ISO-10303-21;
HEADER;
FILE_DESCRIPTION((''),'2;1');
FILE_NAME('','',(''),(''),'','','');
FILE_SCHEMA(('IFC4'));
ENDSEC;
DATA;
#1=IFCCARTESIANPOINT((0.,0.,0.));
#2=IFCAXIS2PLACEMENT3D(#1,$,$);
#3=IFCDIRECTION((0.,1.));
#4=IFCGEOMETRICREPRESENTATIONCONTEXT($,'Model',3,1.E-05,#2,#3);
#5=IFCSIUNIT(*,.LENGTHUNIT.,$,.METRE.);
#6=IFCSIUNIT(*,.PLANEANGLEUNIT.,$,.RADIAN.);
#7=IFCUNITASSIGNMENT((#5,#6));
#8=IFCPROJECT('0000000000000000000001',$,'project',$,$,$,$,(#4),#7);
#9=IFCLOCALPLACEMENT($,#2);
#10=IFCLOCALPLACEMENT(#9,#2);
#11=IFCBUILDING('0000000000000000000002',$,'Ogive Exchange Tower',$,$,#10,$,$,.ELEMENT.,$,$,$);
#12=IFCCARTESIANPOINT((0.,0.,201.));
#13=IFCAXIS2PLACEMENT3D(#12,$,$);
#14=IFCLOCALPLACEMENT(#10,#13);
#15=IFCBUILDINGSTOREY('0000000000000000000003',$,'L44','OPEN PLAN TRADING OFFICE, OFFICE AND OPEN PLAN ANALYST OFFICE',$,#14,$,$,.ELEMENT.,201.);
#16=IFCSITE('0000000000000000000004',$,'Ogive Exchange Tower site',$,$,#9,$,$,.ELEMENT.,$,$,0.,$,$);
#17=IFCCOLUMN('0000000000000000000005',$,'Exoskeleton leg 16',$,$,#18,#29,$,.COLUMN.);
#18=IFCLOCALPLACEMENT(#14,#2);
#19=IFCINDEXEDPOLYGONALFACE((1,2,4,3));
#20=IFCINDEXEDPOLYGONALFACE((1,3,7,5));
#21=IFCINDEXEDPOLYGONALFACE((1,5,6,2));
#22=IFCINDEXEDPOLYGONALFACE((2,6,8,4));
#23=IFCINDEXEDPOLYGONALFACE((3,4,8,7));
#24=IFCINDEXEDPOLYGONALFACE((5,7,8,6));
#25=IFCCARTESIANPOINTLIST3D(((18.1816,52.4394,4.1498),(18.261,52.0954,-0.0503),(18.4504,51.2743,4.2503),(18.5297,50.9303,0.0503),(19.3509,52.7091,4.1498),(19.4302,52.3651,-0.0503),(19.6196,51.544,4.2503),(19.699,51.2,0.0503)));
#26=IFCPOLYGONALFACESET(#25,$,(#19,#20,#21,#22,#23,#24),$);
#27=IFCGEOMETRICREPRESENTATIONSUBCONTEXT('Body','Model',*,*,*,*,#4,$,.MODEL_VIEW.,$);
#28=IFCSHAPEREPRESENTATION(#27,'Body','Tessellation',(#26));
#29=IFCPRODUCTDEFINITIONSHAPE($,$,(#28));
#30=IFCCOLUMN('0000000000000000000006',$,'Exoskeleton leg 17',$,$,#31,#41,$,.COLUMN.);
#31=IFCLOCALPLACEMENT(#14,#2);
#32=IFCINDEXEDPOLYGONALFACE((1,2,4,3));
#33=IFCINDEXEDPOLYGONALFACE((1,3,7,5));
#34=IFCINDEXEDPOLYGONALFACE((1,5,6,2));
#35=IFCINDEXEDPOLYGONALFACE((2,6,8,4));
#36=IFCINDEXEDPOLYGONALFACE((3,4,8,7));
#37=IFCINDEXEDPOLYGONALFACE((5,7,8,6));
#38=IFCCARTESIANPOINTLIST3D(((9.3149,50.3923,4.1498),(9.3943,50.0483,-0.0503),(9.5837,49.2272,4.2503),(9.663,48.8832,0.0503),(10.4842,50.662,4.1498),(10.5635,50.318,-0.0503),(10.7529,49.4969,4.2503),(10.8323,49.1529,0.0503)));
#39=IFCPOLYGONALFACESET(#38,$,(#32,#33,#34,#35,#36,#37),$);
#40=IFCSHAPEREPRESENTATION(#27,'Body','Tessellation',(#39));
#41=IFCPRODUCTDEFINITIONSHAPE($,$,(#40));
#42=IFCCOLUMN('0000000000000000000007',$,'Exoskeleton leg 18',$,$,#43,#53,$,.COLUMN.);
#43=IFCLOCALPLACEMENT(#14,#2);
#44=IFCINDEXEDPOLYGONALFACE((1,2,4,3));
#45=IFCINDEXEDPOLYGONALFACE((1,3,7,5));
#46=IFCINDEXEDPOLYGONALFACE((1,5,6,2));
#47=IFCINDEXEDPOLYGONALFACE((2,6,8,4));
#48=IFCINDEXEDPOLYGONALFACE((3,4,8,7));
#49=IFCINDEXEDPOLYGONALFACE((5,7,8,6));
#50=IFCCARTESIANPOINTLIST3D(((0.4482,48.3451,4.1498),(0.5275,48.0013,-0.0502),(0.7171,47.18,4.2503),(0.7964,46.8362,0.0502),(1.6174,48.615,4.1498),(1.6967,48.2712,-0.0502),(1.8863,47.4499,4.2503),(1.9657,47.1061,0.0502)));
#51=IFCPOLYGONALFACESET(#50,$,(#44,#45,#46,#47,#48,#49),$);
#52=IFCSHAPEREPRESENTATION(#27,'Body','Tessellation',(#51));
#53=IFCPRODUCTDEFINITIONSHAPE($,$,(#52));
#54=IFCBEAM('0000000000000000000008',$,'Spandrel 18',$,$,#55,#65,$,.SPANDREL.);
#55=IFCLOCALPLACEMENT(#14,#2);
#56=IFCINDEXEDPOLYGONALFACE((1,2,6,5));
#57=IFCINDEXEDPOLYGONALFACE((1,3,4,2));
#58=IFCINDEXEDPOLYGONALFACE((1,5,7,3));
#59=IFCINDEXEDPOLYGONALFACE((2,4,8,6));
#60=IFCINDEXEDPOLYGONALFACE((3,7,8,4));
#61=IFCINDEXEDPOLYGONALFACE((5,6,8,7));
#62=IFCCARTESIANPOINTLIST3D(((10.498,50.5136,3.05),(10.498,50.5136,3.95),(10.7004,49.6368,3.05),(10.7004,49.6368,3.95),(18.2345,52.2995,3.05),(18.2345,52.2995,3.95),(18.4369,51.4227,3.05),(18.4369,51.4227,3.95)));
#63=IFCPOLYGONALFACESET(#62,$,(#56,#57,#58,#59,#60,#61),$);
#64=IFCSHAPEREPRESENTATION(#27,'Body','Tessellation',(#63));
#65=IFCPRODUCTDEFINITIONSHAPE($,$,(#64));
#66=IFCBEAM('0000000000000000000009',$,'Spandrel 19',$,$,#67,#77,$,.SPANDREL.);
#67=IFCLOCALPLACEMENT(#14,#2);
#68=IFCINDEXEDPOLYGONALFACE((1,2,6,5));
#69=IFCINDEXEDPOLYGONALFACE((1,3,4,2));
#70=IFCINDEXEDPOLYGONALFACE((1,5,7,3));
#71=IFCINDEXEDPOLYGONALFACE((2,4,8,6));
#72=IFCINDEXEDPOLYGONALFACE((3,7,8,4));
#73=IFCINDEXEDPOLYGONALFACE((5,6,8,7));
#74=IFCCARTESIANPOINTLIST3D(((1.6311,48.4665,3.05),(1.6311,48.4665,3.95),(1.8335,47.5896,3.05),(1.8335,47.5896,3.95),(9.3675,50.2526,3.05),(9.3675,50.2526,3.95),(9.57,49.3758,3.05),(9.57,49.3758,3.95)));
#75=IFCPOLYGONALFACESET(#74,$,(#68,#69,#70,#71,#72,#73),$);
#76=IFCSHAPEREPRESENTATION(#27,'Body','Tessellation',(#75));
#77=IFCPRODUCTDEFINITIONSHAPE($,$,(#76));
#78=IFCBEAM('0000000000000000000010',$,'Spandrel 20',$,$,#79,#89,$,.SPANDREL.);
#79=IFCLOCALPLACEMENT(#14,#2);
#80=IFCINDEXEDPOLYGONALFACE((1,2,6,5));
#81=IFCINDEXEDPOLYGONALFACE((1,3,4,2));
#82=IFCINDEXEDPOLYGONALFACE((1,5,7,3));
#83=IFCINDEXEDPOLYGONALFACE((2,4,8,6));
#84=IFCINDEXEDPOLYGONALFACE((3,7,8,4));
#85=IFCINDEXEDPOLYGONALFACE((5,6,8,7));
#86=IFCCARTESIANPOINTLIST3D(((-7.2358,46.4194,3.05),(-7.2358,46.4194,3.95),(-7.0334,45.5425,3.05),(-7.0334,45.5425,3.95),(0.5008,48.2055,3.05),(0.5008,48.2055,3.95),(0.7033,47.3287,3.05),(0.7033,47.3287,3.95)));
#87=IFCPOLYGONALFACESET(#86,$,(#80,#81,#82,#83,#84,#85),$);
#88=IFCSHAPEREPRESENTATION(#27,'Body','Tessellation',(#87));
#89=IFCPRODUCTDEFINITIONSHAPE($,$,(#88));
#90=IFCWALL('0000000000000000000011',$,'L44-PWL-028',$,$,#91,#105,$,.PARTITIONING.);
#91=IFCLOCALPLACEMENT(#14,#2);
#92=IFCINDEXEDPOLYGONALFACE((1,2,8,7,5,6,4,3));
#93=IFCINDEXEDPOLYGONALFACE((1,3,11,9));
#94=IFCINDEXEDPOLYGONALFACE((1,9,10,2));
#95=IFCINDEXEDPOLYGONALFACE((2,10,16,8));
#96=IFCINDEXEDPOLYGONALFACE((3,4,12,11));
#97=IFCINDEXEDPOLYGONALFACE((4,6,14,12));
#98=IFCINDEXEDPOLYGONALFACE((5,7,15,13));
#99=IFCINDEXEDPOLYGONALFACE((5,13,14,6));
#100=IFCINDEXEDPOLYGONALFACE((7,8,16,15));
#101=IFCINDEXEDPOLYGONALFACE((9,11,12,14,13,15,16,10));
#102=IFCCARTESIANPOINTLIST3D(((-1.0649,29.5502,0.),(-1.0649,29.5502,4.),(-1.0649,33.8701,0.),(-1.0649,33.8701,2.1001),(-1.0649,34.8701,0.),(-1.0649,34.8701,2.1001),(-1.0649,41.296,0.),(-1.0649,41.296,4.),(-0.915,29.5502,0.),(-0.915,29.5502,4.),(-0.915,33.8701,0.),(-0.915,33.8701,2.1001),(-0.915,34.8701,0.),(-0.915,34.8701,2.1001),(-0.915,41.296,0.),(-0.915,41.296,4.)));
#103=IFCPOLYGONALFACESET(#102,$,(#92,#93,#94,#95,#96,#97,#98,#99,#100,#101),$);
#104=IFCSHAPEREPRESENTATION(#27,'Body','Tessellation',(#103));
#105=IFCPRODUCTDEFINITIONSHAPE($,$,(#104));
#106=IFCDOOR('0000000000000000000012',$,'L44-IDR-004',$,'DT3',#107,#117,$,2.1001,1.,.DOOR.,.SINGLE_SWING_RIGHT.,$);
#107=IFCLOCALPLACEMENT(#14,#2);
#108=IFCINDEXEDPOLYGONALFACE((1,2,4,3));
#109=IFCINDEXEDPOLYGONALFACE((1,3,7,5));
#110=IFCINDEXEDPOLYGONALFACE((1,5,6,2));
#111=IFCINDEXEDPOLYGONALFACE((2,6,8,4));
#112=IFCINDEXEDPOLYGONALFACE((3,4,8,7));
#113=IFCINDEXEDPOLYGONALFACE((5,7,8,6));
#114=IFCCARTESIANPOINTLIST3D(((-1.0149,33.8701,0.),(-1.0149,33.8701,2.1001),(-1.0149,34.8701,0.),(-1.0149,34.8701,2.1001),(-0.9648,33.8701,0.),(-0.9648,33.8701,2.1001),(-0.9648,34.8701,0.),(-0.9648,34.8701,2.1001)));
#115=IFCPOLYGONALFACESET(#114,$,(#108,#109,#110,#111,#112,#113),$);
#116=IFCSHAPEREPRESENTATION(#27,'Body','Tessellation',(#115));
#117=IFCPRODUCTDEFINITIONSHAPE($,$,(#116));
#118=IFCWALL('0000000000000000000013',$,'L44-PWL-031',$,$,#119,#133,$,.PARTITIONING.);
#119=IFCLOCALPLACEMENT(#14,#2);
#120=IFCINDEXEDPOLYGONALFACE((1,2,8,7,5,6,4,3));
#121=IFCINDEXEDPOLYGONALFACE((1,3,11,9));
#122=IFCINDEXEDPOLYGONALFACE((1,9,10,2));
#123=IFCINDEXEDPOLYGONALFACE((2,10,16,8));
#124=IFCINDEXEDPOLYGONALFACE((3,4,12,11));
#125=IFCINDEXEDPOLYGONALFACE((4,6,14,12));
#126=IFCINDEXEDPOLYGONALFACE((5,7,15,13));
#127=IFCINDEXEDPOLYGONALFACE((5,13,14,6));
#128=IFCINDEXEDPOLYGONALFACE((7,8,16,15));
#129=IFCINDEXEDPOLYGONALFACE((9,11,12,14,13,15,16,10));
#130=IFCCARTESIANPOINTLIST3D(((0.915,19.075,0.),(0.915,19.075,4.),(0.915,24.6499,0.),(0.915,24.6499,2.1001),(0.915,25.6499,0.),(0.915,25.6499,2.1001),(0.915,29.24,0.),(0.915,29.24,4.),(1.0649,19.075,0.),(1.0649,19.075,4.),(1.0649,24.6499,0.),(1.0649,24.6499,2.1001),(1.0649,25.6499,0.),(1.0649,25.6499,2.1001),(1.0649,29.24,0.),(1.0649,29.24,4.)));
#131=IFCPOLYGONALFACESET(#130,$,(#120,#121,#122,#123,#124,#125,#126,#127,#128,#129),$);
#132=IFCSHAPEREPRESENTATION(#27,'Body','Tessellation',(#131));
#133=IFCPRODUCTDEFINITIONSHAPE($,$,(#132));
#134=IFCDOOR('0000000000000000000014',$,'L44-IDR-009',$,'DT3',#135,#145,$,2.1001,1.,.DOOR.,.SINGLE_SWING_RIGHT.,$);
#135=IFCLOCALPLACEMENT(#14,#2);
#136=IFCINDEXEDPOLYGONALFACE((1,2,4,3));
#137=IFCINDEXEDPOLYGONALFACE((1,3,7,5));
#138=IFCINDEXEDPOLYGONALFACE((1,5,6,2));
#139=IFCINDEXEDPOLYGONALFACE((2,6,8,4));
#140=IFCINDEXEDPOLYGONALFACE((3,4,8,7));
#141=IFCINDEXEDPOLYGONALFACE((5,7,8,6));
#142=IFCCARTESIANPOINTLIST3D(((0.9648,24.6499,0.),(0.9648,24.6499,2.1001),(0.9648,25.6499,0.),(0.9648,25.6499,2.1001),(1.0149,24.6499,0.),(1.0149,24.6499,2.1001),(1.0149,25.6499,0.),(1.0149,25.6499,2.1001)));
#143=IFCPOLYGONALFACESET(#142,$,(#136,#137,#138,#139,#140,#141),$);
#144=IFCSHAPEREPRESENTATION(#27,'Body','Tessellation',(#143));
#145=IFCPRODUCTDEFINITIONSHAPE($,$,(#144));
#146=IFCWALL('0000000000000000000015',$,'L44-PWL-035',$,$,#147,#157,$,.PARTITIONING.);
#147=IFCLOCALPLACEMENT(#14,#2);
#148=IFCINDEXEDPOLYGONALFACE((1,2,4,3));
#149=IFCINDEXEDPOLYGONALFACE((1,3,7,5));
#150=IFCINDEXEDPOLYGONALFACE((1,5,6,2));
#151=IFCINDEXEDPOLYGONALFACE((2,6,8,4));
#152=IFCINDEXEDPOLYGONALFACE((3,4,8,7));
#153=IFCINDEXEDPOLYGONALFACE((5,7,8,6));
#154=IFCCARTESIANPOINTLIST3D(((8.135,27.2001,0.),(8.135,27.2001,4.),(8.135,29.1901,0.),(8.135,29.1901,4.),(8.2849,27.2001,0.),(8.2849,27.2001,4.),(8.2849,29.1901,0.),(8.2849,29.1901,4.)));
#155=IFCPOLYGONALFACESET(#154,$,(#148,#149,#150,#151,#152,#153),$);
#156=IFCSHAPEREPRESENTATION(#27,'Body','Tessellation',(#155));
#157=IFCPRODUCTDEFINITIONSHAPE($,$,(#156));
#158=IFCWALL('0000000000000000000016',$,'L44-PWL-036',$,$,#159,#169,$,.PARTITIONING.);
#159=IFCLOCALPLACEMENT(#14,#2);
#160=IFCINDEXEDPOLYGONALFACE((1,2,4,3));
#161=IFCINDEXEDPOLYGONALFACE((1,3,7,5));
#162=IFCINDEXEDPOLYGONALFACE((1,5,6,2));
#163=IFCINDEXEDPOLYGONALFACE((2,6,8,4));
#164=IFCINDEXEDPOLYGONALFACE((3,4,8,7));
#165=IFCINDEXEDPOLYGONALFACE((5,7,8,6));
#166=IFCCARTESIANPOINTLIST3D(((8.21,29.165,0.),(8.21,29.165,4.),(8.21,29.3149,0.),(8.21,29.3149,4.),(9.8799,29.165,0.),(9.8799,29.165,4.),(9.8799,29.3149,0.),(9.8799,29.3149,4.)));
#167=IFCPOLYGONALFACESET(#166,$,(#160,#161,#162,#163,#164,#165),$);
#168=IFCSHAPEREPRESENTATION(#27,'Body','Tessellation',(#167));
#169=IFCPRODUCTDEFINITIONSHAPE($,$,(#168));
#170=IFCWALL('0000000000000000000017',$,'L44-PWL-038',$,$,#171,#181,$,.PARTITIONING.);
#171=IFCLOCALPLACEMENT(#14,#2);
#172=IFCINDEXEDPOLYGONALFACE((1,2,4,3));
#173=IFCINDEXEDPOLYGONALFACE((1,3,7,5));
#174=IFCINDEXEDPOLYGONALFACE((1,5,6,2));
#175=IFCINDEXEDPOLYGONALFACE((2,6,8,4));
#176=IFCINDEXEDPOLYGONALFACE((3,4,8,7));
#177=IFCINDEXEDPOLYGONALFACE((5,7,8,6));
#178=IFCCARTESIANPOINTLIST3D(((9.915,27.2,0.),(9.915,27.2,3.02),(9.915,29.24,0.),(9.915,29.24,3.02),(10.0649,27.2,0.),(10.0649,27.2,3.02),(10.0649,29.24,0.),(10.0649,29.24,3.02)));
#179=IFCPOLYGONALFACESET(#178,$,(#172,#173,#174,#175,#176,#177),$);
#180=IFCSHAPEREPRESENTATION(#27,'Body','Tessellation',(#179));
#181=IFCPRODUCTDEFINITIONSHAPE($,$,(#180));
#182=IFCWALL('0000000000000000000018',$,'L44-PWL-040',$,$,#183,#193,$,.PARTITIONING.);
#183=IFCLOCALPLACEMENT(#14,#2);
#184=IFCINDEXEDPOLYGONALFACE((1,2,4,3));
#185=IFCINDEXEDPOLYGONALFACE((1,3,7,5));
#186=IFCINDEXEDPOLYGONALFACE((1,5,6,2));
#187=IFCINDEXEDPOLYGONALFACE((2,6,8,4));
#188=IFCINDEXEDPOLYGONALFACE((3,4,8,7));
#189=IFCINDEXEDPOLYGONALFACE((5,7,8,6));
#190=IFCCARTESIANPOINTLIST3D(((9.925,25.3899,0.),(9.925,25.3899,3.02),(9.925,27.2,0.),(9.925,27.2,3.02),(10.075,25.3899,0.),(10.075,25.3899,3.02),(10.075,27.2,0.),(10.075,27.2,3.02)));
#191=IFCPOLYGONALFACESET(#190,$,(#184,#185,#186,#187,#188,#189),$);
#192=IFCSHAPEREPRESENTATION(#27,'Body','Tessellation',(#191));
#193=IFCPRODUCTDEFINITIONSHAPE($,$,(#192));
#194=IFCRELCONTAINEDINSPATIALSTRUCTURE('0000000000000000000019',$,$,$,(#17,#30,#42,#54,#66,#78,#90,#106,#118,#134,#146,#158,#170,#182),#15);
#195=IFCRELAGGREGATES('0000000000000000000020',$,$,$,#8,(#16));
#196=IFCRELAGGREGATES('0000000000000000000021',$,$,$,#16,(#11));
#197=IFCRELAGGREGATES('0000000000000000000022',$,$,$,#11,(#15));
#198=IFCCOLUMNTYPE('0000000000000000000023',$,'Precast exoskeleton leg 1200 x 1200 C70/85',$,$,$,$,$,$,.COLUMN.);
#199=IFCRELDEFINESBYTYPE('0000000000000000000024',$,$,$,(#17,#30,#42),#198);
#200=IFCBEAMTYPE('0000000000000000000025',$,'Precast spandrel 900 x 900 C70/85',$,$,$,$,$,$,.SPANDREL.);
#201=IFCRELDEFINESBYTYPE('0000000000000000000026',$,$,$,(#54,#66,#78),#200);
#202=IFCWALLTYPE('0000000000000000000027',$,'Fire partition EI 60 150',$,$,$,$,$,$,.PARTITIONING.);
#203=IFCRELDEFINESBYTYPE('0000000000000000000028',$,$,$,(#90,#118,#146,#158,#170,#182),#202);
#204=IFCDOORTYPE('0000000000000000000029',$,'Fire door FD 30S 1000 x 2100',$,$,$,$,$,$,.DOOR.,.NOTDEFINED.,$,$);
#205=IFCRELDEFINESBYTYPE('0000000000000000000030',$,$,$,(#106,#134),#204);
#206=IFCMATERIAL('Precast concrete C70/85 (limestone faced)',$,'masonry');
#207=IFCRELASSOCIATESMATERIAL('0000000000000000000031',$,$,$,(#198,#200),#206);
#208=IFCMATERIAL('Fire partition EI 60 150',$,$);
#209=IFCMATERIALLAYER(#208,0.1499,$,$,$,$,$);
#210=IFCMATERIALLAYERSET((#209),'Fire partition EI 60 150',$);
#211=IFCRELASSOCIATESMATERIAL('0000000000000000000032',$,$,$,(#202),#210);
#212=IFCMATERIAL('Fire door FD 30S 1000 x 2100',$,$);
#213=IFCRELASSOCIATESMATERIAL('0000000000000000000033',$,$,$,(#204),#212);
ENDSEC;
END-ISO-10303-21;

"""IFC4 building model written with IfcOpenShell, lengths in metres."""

from ifc_helpers import new_model, si_unit, direction, frame, frame_2d, origin, origin_2d, place, context, subcontext, project, spatial, rectangle, extrude, material, layer, layer_set, material_profile, profile_set, type_object, element, fill, save


model = new_model("IFC4")

# Units and contexts
model_context = context("Model", 3, precision=1e-05, world=origin(), true_north=direction((0.0, 1.0)))
body_context = subcontext(model_context, "Body", "Model", "MODEL_VIEW")
ifc_project = project(units=[si_unit("LENGTHUNIT", "METRE"), si_unit("PLANEANGLEUNIT", "RADIAN")], contexts=[model_context])

# Site, building, storey
site_placement = place(None, origin())
site = spatial("IfcSite", under=ifc_project, at=site_placement, Name="Ogive Exchange Tower site", CompositionType="ELEMENT", RefElevation=0.0)
building_placement = place(site_placement, origin())
building = spatial("IfcBuilding", under=site, at=building_placement, Name="Ogive Exchange Tower", CompositionType="ELEMENT")
storey_placement = place(building_placement, frame((0.0, 0.0, 201.0)))
storey = spatial("IfcBuildingStorey", under=building, at=storey_placement, Name="L44", Description="OPEN PLAN TRADING OFFICE, OFFICE AND OPEN PLAN ANALYST OFFICE", CompositionType="ELEMENT", Elevation=201.0)

# Columns
ifc_material_1 = material(Name="Precast concrete C70/85 (limestone faced)", Category="masonry")
ifc_material_profile_1 = material_profile(ifc_material_1, rectangle(XDim=1.2, YDim=1.2, at=origin_2d()), Name="1200 x 1200")
ifc_profile_set_1 = profile_set([ifc_material_profile_1], Name="Precast concrete C70/85 (limestone faced)")
column_type = type_object("IfcColumnType", Name="Precast exoskeleton leg 1200 x 1200 C70/85", PredefinedType="COLUMN", material=ifc_profile_set_1)
for number, where, z_axis, x_axis, name in (
    (1, (18.98, 51.6477, 0.0), (-0.018826, 0.081617, 0.996486), (-0.974415, -0.224758, 0.0), "Exoskeleton leg 16"),
    (2, (10.1133, 49.6006, 0.0), (-0.018826, 0.081617, 0.996486), (-0.974415, -0.224758, 0.0), "Exoskeleton leg 17"),
    (3, (1.2466, 47.5537, 0.0), (-0.018826, 0.081559, 0.996491), (-0.97438, -0.22491, 0.0), "Exoskeleton leg 18"),
):
    element("IfcColumn", number, at=place(storey_placement, frame(where, z_axis=z_axis, x_axis=x_axis)), inside=storey, type_object=column_type, Name=name, PredefinedType="COLUMN", context=body_context, shape_type="SweptSolid", body=[
        extrude(rectangle(XDim=1.2, YDim=1.2, at=origin_2d()), origin(), (0.0, 0.0, 1.0), 4.2148),
    ])

# Beams
ifc_material_profile_2 = material_profile(ifc_material_1, rectangle(XDim=0.8999, YDim=0.8999, at=origin_2d()), Name="900 x 900")
ifc_profile_set_2 = profile_set([ifc_material_profile_2], Name="Precast concrete C70/85 (limestone faced)")
beam_type = type_object("IfcBeamType", Name="Precast spandrel 900 x 900 C70/85", PredefinedType="SPANDREL", material=ifc_profile_set_2)
for number, where, z_axis, x_axis, name in (
    (4, (18.3357, 51.8611, 3.5), (-0.974377, -0.224922, 0.0), (0.224922, -0.974377, 0.0), "Spandrel 18"),
    (5, (9.4688, 49.8142, 3.5), (-0.974368, -0.224958, 0.0), (0.224958, -0.974368, 0.0), "Spandrel 19"),
):
    element("IfcBeam", number, at=place(storey_placement, frame(where, z_axis=z_axis, x_axis=x_axis)), inside=storey, type_object=beam_type, Name=name, PredefinedType="SPANDREL", context=body_context, shape_type="SweptSolid", body=[
        extrude(rectangle(XDim=0.8999, YDim=0.8999, at=origin_2d()), origin(), (0.0, 0.0, 1.0), 7.9399),
    ])
beam_placement = place(storey_placement, frame((0.6021, 47.7671, 3.5), z_axis=(-0.97437, -0.224952, 0.0), x_axis=(0.224952, -0.97437, 0.0)))
element("IfcBeam", 6, at=beam_placement, inside=storey, type_object=beam_type, Name="Spandrel 20", PredefinedType="SPANDREL", context=body_context, shape_type="SweptSolid", body=[
    extrude(rectangle(XDim=0.8999, YDim=0.8999, at=origin_2d()), origin(), (0.0, 0.0, 1.0), 7.9402),
])

# Walls, openings, doors
ifc_material_2 = material(Name="Fire partition EI 60 150")
ifc_layer_1 = layer(ifc_material_2, 0.1499)
ifc_layer_set_1 = layer_set([ifc_layer_1], Name="Fire partition EI 60 150")
wall_type_1 = type_object("IfcWallType", Name="Fire partition EI 60 150", PredefinedType="PARTITIONING", material=ifc_layer_set_1)
wall_1_placement = place(storey_placement, frame((-0.99, 29.55, 0.0), z_axis=(0.0, 0.0, 1.0), x_axis=(0.0, 1.0, 0.0)))
wall_1 = element("IfcWall", 7, at=wall_1_placement, inside=storey, type_object=wall_type_1, Name="L44-PWL-028", PredefinedType="PARTITIONING", context=body_context, shape_type="SweptSolid", body=[
    extrude(rectangle(XDim=11.7458, YDim=0.1499, at=frame_2d((5.873, 0.0))), origin(), (0.0, 0.0, 1.0), 4.0),
])
opening_1_placement = place(wall_1_placement, frame((4.3201, 0.0, 0.0)))
opening_1 = element("IfcOpeningElement", 8, at=opening_1_placement, cuts=wall_1, PredefinedType="OPENING", context=body_context, shape_type="SweptSolid", body=[
    extrude(rectangle(XDim=1.0, YDim=2.1001, at=frame_2d((0.5, 1.05))), frame((0.0, 0.085, 0.0), z_axis=(0.0, -1.0, 0.0), x_axis=(1.0, 0.0, 0.0)), (0.0, 0.0, 1.0), 0.1699),
])
ifc_material_3 = material(Name="Fire door FD 30S 1000 x 2100")
door_type_1 = type_object("IfcDoorType", Name="Fire door FD 30S 1000 x 2100", OperationType="NOTDEFINED", PredefinedType="DOOR", material=ifc_material_3)
door_1_placement = place(opening_1_placement, origin())
door_1 = element("IfcDoor", 9, at=door_1_placement, inside=storey, type_object=door_type_1, Name="L44-IDR-004", ObjectType="DT3", OperationType="SINGLE_SWING_RIGHT", OverallHeight=2.1001, OverallWidth=1.0, PredefinedType="DOOR", context=body_context, shape_type="SweptSolid", body=[
    extrude(rectangle(XDim=1.0, YDim=2.1001, at=frame_2d((0.5, 1.05))), frame((0.0, 0.0249, 0.0), z_axis=(0.0, -1.0, 0.0), x_axis=(1.0, 0.0, 0.0)), (0.0, 0.0, 1.0), 0.05),
])
fill(opening_1, door_1)
wall_2_placement = place(storey_placement, frame((0.99, 29.24, 0.0), z_axis=(0.0, 0.0, 1.0), x_axis=(0.0, -1.0, 0.0)))
wall_2 = element("IfcWall", 10, at=wall_2_placement, inside=storey, type_object=wall_type_1, Name="L44-PWL-031", PredefinedType="PARTITIONING", context=body_context, shape_type="SweptSolid", body=[
    extrude(rectangle(XDim=10.165, YDim=0.1499, at=frame_2d((5.0825, 0.0))), origin(), (0.0, 0.0, 1.0), 4.0),
])
opening_2_placement = place(wall_2_placement, frame((3.5901, 0.0, 0.0)))
opening_2 = element("IfcOpeningElement", 11, at=opening_2_placement, cuts=wall_2, PredefinedType="OPENING", context=body_context, shape_type="SweptSolid", body=[
    extrude(rectangle(XDim=1.0, YDim=2.1001, at=frame_2d((0.5, 1.05))), frame((0.0, 0.085, 0.0), z_axis=(0.0, -1.0, 0.0), x_axis=(1.0, 0.0, 0.0)), (0.0, 0.0, 1.0), 0.1699),
])
door_2_placement = place(opening_2_placement, origin())
door_2 = element("IfcDoor", 12, at=door_2_placement, inside=storey, type_object=door_type_1, Name="L44-IDR-009", ObjectType="DT3", OperationType="SINGLE_SWING_RIGHT", OverallHeight=2.1001, OverallWidth=1.0, PredefinedType="DOOR", context=body_context, shape_type="SweptSolid", body=[
    extrude(rectangle(XDim=1.0, YDim=2.1001, at=frame_2d((0.5, 1.05))), frame((0.0, 0.0249, 0.0), z_axis=(0.0, -1.0, 0.0), x_axis=(1.0, 0.0, 0.0)), (0.0, 0.0, 1.0), 0.05),
])
fill(opening_2, door_2)

# Walls
wall_3_placement = place(storey_placement, frame((8.21, 27.2, 0.0), z_axis=(0.0, 0.0, 1.0), x_axis=(0.0, 1.0, 0.0)))
element("IfcWall", 13, at=wall_3_placement, inside=storey, type_object=wall_type_1, Name="L44-PWL-035", PredefinedType="PARTITIONING", context=body_context, shape_type="SweptSolid", body=[
    extrude(rectangle(XDim=1.99, YDim=0.1499, at=frame_2d((0.9951, 0.0))), origin(), (0.0, 0.0, 1.0), 4.0),
])
wall_4_placement = place(storey_placement, frame((8.21, 29.24, 0.0), z_axis=(0.0, 0.0, 1.0), x_axis=(1.0, 0.0, 0.0)))
element("IfcWall", 14, at=wall_4_placement, inside=storey, type_object=wall_type_1, Name="L44-PWL-036", PredefinedType="PARTITIONING", context=body_context, shape_type="SweptSolid", body=[
    extrude(rectangle(XDim=1.6699, YDim=0.1499, at=frame_2d((0.835, 0.0))), origin(), (0.0, 0.0, 1.0), 4.0),
])
wall_5_placement = place(storey_placement, frame((9.99, 29.24, 0.0), z_axis=(0.0, 0.0, 1.0), x_axis=(0.0, -1.0, 0.0)))
element("IfcWall", 15, at=wall_5_placement, inside=storey, type_object=wall_type_1, Name="L44-PWL-038", PredefinedType="PARTITIONING", context=body_context, shape_type="SweptSolid", body=[
    extrude(rectangle(XDim=2.04, YDim=0.1499, at=frame_2d((1.02, 0.0))), origin(), (0.0, 0.0, 1.0), 3.02),
])
wall_6_placement = place(storey_placement, frame((10.0, 27.2, 0.0), z_axis=(0.0, 0.0, 1.0), x_axis=(0.0, -1.0, 0.0)))
element("IfcWall", 16, at=wall_6_placement, inside=storey, type_object=wall_type_1, Name="L44-PWL-040", PredefinedType="PARTITIONING", context=body_context, shape_type="SweptSolid", body=[
    extrude(rectangle(XDim=1.8101, YDim=0.1499, at=frame_2d((0.905, 0.0))), origin(), (0.0, 0.0, 1.0), 3.02),
])

save(model, "model.ifc")
